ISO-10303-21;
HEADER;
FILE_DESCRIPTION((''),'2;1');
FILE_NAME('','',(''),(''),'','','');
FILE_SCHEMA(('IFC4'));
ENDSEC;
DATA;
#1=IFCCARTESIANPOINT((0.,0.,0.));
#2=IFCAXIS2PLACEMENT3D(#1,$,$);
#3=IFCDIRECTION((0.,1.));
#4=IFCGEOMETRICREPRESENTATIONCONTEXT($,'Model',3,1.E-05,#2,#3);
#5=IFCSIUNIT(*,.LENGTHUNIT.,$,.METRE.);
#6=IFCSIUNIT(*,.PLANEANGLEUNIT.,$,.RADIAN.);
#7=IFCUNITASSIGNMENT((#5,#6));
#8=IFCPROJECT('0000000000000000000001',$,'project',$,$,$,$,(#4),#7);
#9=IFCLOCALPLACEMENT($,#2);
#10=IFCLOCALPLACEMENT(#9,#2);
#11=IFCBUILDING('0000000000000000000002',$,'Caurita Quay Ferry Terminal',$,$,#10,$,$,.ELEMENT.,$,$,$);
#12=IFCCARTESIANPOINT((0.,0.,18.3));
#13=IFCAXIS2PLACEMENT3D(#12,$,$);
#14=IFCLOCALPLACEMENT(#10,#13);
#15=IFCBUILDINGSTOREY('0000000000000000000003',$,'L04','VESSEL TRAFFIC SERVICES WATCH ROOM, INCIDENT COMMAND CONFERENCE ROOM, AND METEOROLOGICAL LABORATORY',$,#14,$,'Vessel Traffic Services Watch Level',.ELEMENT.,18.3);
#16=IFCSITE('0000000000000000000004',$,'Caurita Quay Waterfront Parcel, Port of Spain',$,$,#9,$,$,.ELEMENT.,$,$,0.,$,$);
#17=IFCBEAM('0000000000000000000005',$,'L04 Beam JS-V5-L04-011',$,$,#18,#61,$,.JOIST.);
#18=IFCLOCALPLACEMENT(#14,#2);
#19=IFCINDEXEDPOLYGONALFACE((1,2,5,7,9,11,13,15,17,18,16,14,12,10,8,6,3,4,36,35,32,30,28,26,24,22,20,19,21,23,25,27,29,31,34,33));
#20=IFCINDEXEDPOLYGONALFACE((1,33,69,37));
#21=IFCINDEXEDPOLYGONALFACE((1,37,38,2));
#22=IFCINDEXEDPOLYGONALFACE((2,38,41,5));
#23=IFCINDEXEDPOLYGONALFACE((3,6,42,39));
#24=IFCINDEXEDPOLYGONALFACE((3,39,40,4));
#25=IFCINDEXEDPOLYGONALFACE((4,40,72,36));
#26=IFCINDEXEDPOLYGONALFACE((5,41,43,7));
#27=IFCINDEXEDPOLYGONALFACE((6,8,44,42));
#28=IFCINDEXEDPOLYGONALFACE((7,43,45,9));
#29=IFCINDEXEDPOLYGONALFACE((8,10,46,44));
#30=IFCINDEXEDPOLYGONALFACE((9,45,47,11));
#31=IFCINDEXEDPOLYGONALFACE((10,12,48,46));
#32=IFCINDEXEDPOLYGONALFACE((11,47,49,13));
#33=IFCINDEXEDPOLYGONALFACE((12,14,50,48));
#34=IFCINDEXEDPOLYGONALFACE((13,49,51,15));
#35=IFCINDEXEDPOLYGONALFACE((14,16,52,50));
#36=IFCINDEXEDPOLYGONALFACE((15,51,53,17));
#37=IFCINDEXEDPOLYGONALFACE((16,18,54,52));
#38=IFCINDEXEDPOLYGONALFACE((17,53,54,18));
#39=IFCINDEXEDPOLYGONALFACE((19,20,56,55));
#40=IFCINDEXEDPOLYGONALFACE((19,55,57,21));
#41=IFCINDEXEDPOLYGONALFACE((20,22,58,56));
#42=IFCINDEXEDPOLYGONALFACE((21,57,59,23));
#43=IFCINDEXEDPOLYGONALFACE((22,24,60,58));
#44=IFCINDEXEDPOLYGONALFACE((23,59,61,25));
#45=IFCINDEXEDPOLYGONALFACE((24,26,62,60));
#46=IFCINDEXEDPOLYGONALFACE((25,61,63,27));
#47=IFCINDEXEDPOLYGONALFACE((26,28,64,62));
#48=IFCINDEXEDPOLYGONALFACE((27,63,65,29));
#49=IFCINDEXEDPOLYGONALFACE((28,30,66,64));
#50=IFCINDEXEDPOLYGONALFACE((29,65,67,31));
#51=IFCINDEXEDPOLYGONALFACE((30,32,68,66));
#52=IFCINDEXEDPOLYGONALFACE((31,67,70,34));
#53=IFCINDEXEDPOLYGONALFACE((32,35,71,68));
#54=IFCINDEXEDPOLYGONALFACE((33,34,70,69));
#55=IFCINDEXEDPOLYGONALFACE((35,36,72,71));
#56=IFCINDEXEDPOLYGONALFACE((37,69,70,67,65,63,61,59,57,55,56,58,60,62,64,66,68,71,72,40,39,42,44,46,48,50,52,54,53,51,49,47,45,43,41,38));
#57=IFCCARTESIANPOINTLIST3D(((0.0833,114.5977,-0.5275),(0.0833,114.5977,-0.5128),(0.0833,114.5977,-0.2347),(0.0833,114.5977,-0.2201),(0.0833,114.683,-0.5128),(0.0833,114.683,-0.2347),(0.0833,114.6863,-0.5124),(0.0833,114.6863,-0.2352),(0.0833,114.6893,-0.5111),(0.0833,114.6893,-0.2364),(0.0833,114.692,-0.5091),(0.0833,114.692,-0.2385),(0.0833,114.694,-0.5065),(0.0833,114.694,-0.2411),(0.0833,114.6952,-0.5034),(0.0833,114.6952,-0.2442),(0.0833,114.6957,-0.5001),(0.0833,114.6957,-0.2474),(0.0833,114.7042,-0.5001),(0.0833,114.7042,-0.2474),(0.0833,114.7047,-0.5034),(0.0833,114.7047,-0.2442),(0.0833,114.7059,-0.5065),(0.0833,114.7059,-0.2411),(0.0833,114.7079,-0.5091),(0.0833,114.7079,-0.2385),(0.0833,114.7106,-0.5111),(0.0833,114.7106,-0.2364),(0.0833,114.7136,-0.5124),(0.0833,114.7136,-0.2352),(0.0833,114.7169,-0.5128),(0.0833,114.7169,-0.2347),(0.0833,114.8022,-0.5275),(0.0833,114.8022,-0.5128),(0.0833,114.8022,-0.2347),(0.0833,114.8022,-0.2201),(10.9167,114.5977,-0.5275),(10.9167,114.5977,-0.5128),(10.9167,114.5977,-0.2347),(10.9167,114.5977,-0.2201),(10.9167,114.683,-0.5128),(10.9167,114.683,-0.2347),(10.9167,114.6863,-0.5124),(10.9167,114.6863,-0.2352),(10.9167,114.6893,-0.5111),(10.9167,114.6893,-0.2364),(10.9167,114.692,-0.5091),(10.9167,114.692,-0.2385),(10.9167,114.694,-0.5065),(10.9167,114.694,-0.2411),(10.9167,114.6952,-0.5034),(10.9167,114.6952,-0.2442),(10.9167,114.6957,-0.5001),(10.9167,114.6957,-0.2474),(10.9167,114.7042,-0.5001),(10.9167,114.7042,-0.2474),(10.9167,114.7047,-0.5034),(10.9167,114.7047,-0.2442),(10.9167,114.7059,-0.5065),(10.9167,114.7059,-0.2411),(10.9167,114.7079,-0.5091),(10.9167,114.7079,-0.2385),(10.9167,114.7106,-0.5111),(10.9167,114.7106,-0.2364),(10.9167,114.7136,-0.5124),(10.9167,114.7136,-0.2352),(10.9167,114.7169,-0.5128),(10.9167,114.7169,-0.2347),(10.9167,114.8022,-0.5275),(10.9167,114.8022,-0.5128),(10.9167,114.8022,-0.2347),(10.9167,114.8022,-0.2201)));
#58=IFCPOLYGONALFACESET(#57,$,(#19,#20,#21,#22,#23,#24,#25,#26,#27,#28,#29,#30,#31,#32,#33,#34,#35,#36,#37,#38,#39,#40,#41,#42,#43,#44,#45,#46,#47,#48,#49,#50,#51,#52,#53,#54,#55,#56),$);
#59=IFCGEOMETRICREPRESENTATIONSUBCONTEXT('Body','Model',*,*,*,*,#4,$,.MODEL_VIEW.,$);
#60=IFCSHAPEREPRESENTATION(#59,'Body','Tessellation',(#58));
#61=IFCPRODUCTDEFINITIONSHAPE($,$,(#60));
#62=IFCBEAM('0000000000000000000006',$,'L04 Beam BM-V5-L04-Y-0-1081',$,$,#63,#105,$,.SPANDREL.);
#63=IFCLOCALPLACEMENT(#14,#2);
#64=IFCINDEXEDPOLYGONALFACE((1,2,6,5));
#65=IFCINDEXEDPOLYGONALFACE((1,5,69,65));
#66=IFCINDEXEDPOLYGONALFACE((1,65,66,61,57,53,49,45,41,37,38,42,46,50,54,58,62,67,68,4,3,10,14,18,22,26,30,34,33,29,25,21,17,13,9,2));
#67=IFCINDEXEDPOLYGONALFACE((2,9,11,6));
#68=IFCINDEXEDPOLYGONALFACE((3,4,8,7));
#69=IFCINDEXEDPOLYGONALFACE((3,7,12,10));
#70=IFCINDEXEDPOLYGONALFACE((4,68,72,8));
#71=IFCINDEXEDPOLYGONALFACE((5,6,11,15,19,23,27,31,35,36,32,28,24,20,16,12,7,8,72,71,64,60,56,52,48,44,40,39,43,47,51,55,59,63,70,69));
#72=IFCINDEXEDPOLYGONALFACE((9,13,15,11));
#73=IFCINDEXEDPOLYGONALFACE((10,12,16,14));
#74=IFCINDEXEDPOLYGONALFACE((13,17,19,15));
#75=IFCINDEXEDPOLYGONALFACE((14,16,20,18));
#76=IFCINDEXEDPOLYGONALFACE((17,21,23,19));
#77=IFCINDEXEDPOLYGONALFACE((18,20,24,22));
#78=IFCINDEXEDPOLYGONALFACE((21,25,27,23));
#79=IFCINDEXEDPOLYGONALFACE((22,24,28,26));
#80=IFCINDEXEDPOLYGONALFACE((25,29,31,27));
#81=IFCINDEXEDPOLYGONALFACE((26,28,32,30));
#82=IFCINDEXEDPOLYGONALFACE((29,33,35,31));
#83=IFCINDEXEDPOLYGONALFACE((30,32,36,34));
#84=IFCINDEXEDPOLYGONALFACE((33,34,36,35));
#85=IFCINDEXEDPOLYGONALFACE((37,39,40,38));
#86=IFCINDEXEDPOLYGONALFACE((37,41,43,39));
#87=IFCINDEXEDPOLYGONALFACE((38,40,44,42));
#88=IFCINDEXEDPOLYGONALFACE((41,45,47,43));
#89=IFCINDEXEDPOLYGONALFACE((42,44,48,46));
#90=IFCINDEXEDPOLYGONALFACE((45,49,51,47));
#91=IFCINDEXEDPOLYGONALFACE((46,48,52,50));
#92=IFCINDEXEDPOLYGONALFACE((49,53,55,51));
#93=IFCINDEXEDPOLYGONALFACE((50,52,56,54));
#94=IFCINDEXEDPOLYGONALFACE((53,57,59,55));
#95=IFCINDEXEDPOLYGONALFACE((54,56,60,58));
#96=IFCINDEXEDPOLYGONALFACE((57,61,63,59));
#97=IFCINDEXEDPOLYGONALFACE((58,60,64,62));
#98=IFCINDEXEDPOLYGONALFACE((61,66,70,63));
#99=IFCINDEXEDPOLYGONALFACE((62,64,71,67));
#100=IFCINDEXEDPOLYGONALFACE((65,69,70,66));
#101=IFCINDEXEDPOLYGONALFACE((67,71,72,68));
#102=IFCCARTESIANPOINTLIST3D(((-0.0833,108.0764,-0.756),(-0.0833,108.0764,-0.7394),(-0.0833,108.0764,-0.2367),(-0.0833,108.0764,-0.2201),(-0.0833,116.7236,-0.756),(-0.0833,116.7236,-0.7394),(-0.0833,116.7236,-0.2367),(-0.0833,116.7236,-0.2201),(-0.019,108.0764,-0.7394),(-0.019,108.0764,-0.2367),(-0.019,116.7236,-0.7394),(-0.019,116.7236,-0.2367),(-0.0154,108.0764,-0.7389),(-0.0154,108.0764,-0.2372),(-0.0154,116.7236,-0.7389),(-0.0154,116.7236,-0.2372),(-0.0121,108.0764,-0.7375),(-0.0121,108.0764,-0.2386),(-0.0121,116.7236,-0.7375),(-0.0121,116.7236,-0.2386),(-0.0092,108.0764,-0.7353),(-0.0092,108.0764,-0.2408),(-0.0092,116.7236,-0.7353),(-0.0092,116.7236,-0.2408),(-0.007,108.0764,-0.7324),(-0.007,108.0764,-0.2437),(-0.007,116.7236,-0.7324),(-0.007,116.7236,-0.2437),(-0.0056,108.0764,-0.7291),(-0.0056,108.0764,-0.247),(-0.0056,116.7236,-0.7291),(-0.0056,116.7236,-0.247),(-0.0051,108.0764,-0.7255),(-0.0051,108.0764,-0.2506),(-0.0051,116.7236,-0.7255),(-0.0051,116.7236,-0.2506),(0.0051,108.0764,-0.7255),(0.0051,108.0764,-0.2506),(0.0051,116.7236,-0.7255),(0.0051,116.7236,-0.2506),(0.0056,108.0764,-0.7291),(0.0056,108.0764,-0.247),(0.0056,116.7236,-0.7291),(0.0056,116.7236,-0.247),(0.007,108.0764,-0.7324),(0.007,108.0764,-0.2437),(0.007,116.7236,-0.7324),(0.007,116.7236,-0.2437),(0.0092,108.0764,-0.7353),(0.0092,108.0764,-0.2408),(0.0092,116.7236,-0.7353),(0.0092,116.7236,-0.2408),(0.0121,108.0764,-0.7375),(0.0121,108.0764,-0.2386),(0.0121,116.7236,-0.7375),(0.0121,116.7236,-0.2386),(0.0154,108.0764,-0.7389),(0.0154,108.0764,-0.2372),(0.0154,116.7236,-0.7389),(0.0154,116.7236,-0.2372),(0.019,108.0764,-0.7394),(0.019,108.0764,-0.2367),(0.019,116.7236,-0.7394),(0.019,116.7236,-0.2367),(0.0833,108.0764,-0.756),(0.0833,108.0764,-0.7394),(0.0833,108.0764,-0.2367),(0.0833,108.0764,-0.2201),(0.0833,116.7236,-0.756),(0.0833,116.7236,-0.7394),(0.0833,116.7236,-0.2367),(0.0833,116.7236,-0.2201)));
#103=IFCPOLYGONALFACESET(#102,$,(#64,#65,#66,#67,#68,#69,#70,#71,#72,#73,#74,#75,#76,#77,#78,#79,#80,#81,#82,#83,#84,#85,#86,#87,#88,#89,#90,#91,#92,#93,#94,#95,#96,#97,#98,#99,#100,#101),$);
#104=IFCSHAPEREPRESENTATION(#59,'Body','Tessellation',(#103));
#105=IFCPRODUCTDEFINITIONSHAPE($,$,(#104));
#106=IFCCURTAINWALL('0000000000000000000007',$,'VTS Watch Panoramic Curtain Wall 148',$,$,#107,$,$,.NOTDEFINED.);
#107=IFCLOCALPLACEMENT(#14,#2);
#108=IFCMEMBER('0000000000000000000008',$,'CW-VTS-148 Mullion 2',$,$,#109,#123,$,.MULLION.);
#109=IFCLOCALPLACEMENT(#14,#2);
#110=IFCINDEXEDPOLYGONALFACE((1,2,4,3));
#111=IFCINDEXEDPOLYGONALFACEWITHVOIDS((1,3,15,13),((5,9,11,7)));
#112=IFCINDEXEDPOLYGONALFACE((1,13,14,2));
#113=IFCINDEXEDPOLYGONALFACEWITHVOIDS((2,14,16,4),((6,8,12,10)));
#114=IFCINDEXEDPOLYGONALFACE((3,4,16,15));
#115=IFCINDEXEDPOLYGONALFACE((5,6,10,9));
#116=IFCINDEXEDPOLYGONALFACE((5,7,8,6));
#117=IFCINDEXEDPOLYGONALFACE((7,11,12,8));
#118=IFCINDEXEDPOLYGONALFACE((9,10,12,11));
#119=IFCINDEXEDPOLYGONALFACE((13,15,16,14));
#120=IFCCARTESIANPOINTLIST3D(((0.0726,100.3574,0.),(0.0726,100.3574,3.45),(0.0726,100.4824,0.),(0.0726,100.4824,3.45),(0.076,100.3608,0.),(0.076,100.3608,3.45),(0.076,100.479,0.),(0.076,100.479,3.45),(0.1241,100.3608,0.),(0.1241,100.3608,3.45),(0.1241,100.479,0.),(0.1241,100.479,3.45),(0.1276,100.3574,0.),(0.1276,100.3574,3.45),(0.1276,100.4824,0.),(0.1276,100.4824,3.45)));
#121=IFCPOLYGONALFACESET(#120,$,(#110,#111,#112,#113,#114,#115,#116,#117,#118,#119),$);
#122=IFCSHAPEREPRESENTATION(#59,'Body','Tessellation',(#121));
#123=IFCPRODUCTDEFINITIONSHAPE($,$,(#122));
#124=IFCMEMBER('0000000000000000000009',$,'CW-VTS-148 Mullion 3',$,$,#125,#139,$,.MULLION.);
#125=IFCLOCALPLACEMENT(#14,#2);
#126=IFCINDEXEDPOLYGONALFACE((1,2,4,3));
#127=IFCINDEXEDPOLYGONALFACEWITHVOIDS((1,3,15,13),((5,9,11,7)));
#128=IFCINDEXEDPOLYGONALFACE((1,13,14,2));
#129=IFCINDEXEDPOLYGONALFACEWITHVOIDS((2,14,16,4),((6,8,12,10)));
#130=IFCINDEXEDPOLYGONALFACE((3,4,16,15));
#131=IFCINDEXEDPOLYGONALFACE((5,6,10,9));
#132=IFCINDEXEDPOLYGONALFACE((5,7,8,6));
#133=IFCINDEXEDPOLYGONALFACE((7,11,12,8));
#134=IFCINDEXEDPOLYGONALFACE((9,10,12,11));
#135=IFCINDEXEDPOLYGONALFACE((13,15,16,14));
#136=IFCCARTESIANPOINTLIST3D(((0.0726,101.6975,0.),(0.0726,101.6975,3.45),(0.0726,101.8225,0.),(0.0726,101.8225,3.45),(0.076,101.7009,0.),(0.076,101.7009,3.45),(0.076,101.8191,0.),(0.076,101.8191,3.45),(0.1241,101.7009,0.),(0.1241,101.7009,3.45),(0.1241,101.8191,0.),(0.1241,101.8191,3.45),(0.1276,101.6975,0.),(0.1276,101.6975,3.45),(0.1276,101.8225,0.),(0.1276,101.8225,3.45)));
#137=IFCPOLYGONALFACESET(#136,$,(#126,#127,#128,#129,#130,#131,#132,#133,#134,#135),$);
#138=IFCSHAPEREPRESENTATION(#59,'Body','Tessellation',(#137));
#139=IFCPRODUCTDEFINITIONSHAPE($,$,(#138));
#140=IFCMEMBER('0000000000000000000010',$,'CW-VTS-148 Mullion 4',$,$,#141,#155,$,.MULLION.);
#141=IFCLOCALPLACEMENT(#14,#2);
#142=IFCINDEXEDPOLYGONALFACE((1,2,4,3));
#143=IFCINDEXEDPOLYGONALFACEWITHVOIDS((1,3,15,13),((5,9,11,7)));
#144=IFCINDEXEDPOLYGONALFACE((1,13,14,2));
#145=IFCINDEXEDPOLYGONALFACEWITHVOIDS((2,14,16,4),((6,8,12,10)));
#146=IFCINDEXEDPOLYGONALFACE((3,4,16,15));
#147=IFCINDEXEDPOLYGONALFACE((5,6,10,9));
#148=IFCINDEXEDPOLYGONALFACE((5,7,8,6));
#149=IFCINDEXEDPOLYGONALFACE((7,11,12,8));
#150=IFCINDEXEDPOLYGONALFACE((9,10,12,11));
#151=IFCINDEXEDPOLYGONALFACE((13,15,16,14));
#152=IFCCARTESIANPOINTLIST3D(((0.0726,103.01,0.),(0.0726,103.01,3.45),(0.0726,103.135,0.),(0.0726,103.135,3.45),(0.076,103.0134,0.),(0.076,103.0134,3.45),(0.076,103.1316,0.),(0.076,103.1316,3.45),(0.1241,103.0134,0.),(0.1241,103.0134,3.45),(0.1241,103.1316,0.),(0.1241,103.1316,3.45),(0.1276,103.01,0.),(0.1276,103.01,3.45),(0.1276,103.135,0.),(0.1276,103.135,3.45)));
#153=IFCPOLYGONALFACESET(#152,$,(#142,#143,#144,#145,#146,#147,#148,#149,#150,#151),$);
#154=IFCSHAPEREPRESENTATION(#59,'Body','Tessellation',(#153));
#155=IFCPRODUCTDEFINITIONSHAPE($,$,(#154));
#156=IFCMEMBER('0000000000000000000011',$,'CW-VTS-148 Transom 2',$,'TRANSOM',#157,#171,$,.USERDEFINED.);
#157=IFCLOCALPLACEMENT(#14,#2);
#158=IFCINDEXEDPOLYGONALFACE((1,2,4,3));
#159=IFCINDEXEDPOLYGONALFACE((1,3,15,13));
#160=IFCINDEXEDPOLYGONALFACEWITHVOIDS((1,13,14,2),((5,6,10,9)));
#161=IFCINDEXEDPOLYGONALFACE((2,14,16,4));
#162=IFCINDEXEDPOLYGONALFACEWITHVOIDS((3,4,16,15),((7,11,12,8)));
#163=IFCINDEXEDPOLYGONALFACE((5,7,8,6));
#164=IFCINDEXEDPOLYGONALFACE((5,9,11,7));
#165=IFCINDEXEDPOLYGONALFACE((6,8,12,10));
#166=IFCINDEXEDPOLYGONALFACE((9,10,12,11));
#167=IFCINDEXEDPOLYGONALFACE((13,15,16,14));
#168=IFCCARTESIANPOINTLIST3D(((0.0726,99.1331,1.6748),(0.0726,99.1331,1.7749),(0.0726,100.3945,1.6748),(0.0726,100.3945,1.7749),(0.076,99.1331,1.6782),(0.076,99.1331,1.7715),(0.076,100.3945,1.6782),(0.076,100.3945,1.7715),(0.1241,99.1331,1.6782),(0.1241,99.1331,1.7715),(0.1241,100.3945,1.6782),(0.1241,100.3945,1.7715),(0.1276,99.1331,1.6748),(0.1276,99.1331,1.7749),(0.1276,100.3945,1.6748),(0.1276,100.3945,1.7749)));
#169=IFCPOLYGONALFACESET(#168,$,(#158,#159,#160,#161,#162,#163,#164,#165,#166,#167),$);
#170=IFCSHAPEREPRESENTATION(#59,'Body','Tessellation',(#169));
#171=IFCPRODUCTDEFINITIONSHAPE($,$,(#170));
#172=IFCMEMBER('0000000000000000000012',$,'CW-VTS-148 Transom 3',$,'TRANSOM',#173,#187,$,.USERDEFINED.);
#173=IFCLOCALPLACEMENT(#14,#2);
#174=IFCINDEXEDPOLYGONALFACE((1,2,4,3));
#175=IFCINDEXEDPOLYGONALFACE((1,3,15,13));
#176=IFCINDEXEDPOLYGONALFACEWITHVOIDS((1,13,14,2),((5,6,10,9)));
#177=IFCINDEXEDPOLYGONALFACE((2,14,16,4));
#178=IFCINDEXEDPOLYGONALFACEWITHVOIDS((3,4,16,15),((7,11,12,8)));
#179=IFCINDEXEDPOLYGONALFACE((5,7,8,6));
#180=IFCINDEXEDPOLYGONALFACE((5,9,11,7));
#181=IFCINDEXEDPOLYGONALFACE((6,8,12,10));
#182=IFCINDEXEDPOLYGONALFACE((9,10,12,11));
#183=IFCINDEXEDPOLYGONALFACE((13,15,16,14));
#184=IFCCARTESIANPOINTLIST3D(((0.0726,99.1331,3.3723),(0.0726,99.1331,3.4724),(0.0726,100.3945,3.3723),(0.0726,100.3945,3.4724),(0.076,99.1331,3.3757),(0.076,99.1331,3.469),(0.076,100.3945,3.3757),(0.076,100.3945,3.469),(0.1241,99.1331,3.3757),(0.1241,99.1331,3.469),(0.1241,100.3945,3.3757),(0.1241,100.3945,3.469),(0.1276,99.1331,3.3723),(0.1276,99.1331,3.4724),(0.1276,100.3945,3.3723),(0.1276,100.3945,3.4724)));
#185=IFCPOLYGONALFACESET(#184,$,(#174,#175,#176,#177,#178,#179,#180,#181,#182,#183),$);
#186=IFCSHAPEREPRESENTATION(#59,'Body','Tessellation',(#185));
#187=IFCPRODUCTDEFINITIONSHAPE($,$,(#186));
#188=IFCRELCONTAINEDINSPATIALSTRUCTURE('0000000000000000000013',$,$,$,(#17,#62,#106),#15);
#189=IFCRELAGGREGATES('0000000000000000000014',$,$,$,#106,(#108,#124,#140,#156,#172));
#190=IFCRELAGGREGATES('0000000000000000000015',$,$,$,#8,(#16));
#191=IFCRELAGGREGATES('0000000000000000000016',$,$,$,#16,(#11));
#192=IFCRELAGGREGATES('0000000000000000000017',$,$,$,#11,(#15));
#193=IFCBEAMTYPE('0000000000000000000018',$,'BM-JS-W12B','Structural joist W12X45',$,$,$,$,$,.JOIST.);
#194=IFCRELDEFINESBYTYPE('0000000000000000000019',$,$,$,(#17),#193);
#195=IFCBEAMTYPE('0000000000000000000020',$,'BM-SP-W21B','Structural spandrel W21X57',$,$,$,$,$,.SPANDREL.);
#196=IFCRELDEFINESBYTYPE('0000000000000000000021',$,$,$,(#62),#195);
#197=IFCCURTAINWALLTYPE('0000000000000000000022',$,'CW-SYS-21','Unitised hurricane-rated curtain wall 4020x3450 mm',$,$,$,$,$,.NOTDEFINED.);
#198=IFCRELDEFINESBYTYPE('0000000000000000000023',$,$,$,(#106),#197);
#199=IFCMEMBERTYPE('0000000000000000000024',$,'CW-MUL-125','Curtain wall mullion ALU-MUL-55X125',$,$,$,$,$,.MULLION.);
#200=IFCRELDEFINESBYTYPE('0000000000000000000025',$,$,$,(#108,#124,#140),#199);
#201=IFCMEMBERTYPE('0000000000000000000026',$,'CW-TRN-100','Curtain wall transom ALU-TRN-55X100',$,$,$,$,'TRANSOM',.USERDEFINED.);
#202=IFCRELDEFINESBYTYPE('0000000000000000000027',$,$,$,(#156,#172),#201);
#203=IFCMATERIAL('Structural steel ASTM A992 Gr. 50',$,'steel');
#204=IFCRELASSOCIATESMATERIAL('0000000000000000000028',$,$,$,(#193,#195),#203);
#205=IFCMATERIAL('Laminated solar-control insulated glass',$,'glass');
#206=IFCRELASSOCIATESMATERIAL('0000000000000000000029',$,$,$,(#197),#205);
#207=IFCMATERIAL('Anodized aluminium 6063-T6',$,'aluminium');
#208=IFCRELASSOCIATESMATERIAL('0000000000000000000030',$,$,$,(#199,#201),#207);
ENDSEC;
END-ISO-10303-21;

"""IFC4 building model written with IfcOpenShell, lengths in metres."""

from ifc_helpers import new_model, si_unit, direction, frame, origin, origin_2d, place, context, subcontext, project, spatial, hollow_rectangle, i_section, extrude, material, material_profile, profile_set, type_object, element, aggregate, save


model = new_model("IFC4")

# Units and contexts
model_context = context("Model", 3, precision=1e-05, world=origin(), true_north=direction((0.0, 1.0)))
body_context = subcontext(model_context, "Body", "Model", "MODEL_VIEW")
ifc_project = project(units=[si_unit("LENGTHUNIT", "METRE"), si_unit("PLANEANGLEUNIT", "RADIAN")], contexts=[model_context])

# Site, building, storey
site_placement = place(None, origin())
site = spatial("IfcSite", under=ifc_project, at=site_placement, Name="Caurita Quay Waterfront Parcel, Port of Spain", CompositionType="ELEMENT", RefElevation=0.0)
building_placement = place(site_placement, origin())
building = spatial("IfcBuilding", under=site, at=building_placement, Name="Caurita Quay Ferry Terminal", CompositionType="ELEMENT")
storey_placement = place(building_placement, frame((0.0, 0.0, 18.3)))
storey = spatial("IfcBuildingStorey", under=building, at=storey_placement, Name="L04", Description="VESSEL TRAFFIC SERVICES WATCH ROOM, INCIDENT COMMAND CONFERENCE ROOM, AND METEOROLOGICAL LABORATORY", LongName="Vessel Traffic Services Watch Level", CompositionType="ELEMENT", Elevation=18.3)

# Beams
ifc_material_1 = material(Name="Structural steel ASTM A992 Gr. 50", Category="steel")
ifc_material_profile_1 = material_profile(ifc_material_1, i_section(OverallWidth=0.2046, OverallDepth=0.3074, WebThickness=0.0085, FlangeThickness=0.0146, FilletRadius=0.0127, at=origin_2d()), Name="W12X45")
ifc_profile_set_1 = profile_set([ifc_material_profile_1], Name="Structural steel ASTM A992 Gr. 50")
beam_type_1 = type_object("IfcBeamType", Name="BM-JS-W12B", Description="Structural joist W12X45", PredefinedType="JOIST", material=ifc_profile_set_1)
for number, where, z_axis, x_axis, name in (
    (1, (0.0833, 114.7, -0.3738), (1.0, 0.0, 0.0), (0.0, 1.0, 0.0), "L04 Beam JS-V5-L04-011"),
):
    element("IfcBeam", number, at=place(storey_placement, frame(where, z_axis=z_axis, x_axis=x_axis)), inside=storey, type_object=beam_type_1, Name=name, PredefinedType="JOIST", context=body_context, shape_type="SweptSolid", body=[
        extrude(i_section(OverallWidth=0.2046, OverallDepth=0.3074, WebThickness=0.0085, FlangeThickness=0.0146, FilletRadius=0.0127, at=origin_2d()), origin(), (0.0, 0.0, 1.0), 10.8335),
    ])
ifc_material_profile_2 = material_profile(ifc_material_1, i_section(OverallWidth=0.1665, OverallDepth=0.5359, WebThickness=0.0103, FlangeThickness=0.0166, FilletRadius=0.0139, at=origin_2d()), Name="W21X57")
ifc_profile_set_2 = profile_set([ifc_material_profile_2], Name="Structural steel ASTM A992 Gr. 50")
beam_type_2 = type_object("IfcBeamType", Name="BM-SP-W21B", Description="Structural spandrel W21X57", PredefinedType="SPANDREL", material=ifc_profile_set_2)
beam_placement = place(storey_placement, frame((0.0, 108.0764, -0.488), z_axis=(0.0, 1.0, 0.0), x_axis=(-1.0, 0.0, 0.0)))
element("IfcBeam", 2, at=beam_placement, inside=storey, type_object=beam_type_2, Name="L04 Beam BM-V5-L04-Y-0-1081", PredefinedType="SPANDREL", context=body_context, shape_type="SweptSolid", body=[
    extrude(i_section(OverallWidth=0.1665, OverallDepth=0.5359, WebThickness=0.0103, FlangeThickness=0.0166, FilletRadius=0.0139, at=origin_2d()), origin(), (0.0, 0.0, 1.0), 8.6472),
])

# Curtain wall, members
ifc_material_2 = material(Name="Laminated solar-control insulated glass", Category="glass")
curtain_wall_type = type_object("IfcCurtainWallType", Name="CW-SYS-21", Description="Unitised hurricane-rated curtain wall 4020x3450 mm", PredefinedType="NOTDEFINED", material=ifc_material_2)
curtain_wall_placement = place(storey_placement, origin())
curtain_wall = element("IfcCurtainWall", 3, at=curtain_wall_placement, inside=storey, type_object=curtain_wall_type, Name="VTS Watch Panoramic Curtain Wall 148", PredefinedType="NOTDEFINED")
ifc_material_3 = material(Name="Anodized aluminium 6063-T6", Category="aluminium")
ifc_material_profile_3 = material_profile(ifc_material_3, hollow_rectangle(XDim=0.0549, YDim=0.125, WallThickness=0.0034, at=origin_2d()), Name="ALU-MUL-55X125")
ifc_profile_set_3 = profile_set([ifc_material_profile_3], Name="Anodized aluminium 6063-T6")
member_type_1 = type_object("IfcMemberType", Name="CW-MUL-125", Description="Curtain wall mullion ALU-MUL-55X125", PredefinedType="MULLION", material=ifc_profile_set_3)
member_1_placement = place(storey_placement, frame((0.1001, 100.4199, 0.0), z_axis=(0.0, 0.0, 1.0), x_axis=(-1.0, 0.0, 0.0)))
member_1 = element("IfcMember", 4, at=member_1_placement, type_object=member_type_1, Name="CW-VTS-148 Mullion 2", PredefinedType="MULLION", context=body_context, shape_type="SweptSolid", body=[
    extrude(hollow_rectangle(XDim=0.0549, YDim=0.125, WallThickness=0.0034, at=origin_2d()), origin(), (0.0, 0.0, 1.0), 3.45),
])
member_2_placement = place(storey_placement, frame((0.1001, 101.76, 0.0), z_axis=(0.0, 0.0, 1.0), x_axis=(-1.0, 0.0, 0.0)))
member_2 = element("IfcMember", 5, at=member_2_placement, type_object=member_type_1, Name="CW-VTS-148 Mullion 3", PredefinedType="MULLION", context=body_context, shape_type="SweptSolid", body=[
    extrude(hollow_rectangle(XDim=0.0549, YDim=0.125, WallThickness=0.0034, at=origin_2d()), origin(), (0.0, 0.0, 1.0), 3.45),
])
member_3_placement = place(storey_placement, frame((0.1001, 103.0725, 0.0), z_axis=(0.0, 0.0, 1.0), x_axis=(-1.0, 0.0, 0.0)))
member_3 = element("IfcMember", 6, at=member_3_placement, type_object=member_type_1, Name="CW-VTS-148 Mullion 4", PredefinedType="MULLION", context=body_context, shape_type="SweptSolid", body=[
    extrude(hollow_rectangle(XDim=0.0549, YDim=0.125, WallThickness=0.0034, at=origin_2d()), origin(), (0.0, 0.0, 1.0), 3.45),
])
ifc_material_profile_4 = material_profile(ifc_material_3, hollow_rectangle(XDim=0.0549, YDim=0.1001, WallThickness=0.0034, at=origin_2d()), Name="ALU-TRN-55X100")
ifc_profile_set_4 = profile_set([ifc_material_profile_4], Name="Anodized aluminium 6063-T6")
member_type_2 = type_object("IfcMemberType", Name="CW-TRN-100", Description="Curtain wall transom ALU-TRN-55X100", ElementType="TRANSOM", PredefinedType="USERDEFINED", material=ifc_profile_set_4)
member_4_placement = place(storey_placement, frame((0.1001, 99.1331, 1.7249), z_axis=(0.0, 1.0, 0.0), x_axis=(-1.0, 0.0, 0.0)))
member_4 = element("IfcMember", 7, at=member_4_placement, type_object=member_type_2, Name="CW-VTS-148 Transom 2", ObjectType="TRANSOM", PredefinedType="USERDEFINED", context=body_context, shape_type="SweptSolid", body=[
    extrude(hollow_rectangle(XDim=0.0549, YDim=0.1001, WallThickness=0.0034, at=origin_2d()), origin(), (0.0, 0.0, 1.0), 1.2615),
])
member_5_placement = place(storey_placement, frame((0.1001, 99.1331, 3.4224), z_axis=(0.0, 1.0, 0.0), x_axis=(-1.0, 0.0, 0.0)))
member_5 = element("IfcMember", 8, at=member_5_placement, type_object=member_type_2, Name="CW-VTS-148 Transom 3", ObjectType="TRANSOM", PredefinedType="USERDEFINED", context=body_context, shape_type="SweptSolid", body=[
    extrude(hollow_rectangle(XDim=0.0549, YDim=0.1001, WallThickness=0.0034, at=origin_2d()), origin(), (0.0, 0.0, 1.0), 1.2615),
])
aggregate(curtain_wall, [member_1, member_2, member_3, member_4, member_5])

save(model, "model.ifc")
